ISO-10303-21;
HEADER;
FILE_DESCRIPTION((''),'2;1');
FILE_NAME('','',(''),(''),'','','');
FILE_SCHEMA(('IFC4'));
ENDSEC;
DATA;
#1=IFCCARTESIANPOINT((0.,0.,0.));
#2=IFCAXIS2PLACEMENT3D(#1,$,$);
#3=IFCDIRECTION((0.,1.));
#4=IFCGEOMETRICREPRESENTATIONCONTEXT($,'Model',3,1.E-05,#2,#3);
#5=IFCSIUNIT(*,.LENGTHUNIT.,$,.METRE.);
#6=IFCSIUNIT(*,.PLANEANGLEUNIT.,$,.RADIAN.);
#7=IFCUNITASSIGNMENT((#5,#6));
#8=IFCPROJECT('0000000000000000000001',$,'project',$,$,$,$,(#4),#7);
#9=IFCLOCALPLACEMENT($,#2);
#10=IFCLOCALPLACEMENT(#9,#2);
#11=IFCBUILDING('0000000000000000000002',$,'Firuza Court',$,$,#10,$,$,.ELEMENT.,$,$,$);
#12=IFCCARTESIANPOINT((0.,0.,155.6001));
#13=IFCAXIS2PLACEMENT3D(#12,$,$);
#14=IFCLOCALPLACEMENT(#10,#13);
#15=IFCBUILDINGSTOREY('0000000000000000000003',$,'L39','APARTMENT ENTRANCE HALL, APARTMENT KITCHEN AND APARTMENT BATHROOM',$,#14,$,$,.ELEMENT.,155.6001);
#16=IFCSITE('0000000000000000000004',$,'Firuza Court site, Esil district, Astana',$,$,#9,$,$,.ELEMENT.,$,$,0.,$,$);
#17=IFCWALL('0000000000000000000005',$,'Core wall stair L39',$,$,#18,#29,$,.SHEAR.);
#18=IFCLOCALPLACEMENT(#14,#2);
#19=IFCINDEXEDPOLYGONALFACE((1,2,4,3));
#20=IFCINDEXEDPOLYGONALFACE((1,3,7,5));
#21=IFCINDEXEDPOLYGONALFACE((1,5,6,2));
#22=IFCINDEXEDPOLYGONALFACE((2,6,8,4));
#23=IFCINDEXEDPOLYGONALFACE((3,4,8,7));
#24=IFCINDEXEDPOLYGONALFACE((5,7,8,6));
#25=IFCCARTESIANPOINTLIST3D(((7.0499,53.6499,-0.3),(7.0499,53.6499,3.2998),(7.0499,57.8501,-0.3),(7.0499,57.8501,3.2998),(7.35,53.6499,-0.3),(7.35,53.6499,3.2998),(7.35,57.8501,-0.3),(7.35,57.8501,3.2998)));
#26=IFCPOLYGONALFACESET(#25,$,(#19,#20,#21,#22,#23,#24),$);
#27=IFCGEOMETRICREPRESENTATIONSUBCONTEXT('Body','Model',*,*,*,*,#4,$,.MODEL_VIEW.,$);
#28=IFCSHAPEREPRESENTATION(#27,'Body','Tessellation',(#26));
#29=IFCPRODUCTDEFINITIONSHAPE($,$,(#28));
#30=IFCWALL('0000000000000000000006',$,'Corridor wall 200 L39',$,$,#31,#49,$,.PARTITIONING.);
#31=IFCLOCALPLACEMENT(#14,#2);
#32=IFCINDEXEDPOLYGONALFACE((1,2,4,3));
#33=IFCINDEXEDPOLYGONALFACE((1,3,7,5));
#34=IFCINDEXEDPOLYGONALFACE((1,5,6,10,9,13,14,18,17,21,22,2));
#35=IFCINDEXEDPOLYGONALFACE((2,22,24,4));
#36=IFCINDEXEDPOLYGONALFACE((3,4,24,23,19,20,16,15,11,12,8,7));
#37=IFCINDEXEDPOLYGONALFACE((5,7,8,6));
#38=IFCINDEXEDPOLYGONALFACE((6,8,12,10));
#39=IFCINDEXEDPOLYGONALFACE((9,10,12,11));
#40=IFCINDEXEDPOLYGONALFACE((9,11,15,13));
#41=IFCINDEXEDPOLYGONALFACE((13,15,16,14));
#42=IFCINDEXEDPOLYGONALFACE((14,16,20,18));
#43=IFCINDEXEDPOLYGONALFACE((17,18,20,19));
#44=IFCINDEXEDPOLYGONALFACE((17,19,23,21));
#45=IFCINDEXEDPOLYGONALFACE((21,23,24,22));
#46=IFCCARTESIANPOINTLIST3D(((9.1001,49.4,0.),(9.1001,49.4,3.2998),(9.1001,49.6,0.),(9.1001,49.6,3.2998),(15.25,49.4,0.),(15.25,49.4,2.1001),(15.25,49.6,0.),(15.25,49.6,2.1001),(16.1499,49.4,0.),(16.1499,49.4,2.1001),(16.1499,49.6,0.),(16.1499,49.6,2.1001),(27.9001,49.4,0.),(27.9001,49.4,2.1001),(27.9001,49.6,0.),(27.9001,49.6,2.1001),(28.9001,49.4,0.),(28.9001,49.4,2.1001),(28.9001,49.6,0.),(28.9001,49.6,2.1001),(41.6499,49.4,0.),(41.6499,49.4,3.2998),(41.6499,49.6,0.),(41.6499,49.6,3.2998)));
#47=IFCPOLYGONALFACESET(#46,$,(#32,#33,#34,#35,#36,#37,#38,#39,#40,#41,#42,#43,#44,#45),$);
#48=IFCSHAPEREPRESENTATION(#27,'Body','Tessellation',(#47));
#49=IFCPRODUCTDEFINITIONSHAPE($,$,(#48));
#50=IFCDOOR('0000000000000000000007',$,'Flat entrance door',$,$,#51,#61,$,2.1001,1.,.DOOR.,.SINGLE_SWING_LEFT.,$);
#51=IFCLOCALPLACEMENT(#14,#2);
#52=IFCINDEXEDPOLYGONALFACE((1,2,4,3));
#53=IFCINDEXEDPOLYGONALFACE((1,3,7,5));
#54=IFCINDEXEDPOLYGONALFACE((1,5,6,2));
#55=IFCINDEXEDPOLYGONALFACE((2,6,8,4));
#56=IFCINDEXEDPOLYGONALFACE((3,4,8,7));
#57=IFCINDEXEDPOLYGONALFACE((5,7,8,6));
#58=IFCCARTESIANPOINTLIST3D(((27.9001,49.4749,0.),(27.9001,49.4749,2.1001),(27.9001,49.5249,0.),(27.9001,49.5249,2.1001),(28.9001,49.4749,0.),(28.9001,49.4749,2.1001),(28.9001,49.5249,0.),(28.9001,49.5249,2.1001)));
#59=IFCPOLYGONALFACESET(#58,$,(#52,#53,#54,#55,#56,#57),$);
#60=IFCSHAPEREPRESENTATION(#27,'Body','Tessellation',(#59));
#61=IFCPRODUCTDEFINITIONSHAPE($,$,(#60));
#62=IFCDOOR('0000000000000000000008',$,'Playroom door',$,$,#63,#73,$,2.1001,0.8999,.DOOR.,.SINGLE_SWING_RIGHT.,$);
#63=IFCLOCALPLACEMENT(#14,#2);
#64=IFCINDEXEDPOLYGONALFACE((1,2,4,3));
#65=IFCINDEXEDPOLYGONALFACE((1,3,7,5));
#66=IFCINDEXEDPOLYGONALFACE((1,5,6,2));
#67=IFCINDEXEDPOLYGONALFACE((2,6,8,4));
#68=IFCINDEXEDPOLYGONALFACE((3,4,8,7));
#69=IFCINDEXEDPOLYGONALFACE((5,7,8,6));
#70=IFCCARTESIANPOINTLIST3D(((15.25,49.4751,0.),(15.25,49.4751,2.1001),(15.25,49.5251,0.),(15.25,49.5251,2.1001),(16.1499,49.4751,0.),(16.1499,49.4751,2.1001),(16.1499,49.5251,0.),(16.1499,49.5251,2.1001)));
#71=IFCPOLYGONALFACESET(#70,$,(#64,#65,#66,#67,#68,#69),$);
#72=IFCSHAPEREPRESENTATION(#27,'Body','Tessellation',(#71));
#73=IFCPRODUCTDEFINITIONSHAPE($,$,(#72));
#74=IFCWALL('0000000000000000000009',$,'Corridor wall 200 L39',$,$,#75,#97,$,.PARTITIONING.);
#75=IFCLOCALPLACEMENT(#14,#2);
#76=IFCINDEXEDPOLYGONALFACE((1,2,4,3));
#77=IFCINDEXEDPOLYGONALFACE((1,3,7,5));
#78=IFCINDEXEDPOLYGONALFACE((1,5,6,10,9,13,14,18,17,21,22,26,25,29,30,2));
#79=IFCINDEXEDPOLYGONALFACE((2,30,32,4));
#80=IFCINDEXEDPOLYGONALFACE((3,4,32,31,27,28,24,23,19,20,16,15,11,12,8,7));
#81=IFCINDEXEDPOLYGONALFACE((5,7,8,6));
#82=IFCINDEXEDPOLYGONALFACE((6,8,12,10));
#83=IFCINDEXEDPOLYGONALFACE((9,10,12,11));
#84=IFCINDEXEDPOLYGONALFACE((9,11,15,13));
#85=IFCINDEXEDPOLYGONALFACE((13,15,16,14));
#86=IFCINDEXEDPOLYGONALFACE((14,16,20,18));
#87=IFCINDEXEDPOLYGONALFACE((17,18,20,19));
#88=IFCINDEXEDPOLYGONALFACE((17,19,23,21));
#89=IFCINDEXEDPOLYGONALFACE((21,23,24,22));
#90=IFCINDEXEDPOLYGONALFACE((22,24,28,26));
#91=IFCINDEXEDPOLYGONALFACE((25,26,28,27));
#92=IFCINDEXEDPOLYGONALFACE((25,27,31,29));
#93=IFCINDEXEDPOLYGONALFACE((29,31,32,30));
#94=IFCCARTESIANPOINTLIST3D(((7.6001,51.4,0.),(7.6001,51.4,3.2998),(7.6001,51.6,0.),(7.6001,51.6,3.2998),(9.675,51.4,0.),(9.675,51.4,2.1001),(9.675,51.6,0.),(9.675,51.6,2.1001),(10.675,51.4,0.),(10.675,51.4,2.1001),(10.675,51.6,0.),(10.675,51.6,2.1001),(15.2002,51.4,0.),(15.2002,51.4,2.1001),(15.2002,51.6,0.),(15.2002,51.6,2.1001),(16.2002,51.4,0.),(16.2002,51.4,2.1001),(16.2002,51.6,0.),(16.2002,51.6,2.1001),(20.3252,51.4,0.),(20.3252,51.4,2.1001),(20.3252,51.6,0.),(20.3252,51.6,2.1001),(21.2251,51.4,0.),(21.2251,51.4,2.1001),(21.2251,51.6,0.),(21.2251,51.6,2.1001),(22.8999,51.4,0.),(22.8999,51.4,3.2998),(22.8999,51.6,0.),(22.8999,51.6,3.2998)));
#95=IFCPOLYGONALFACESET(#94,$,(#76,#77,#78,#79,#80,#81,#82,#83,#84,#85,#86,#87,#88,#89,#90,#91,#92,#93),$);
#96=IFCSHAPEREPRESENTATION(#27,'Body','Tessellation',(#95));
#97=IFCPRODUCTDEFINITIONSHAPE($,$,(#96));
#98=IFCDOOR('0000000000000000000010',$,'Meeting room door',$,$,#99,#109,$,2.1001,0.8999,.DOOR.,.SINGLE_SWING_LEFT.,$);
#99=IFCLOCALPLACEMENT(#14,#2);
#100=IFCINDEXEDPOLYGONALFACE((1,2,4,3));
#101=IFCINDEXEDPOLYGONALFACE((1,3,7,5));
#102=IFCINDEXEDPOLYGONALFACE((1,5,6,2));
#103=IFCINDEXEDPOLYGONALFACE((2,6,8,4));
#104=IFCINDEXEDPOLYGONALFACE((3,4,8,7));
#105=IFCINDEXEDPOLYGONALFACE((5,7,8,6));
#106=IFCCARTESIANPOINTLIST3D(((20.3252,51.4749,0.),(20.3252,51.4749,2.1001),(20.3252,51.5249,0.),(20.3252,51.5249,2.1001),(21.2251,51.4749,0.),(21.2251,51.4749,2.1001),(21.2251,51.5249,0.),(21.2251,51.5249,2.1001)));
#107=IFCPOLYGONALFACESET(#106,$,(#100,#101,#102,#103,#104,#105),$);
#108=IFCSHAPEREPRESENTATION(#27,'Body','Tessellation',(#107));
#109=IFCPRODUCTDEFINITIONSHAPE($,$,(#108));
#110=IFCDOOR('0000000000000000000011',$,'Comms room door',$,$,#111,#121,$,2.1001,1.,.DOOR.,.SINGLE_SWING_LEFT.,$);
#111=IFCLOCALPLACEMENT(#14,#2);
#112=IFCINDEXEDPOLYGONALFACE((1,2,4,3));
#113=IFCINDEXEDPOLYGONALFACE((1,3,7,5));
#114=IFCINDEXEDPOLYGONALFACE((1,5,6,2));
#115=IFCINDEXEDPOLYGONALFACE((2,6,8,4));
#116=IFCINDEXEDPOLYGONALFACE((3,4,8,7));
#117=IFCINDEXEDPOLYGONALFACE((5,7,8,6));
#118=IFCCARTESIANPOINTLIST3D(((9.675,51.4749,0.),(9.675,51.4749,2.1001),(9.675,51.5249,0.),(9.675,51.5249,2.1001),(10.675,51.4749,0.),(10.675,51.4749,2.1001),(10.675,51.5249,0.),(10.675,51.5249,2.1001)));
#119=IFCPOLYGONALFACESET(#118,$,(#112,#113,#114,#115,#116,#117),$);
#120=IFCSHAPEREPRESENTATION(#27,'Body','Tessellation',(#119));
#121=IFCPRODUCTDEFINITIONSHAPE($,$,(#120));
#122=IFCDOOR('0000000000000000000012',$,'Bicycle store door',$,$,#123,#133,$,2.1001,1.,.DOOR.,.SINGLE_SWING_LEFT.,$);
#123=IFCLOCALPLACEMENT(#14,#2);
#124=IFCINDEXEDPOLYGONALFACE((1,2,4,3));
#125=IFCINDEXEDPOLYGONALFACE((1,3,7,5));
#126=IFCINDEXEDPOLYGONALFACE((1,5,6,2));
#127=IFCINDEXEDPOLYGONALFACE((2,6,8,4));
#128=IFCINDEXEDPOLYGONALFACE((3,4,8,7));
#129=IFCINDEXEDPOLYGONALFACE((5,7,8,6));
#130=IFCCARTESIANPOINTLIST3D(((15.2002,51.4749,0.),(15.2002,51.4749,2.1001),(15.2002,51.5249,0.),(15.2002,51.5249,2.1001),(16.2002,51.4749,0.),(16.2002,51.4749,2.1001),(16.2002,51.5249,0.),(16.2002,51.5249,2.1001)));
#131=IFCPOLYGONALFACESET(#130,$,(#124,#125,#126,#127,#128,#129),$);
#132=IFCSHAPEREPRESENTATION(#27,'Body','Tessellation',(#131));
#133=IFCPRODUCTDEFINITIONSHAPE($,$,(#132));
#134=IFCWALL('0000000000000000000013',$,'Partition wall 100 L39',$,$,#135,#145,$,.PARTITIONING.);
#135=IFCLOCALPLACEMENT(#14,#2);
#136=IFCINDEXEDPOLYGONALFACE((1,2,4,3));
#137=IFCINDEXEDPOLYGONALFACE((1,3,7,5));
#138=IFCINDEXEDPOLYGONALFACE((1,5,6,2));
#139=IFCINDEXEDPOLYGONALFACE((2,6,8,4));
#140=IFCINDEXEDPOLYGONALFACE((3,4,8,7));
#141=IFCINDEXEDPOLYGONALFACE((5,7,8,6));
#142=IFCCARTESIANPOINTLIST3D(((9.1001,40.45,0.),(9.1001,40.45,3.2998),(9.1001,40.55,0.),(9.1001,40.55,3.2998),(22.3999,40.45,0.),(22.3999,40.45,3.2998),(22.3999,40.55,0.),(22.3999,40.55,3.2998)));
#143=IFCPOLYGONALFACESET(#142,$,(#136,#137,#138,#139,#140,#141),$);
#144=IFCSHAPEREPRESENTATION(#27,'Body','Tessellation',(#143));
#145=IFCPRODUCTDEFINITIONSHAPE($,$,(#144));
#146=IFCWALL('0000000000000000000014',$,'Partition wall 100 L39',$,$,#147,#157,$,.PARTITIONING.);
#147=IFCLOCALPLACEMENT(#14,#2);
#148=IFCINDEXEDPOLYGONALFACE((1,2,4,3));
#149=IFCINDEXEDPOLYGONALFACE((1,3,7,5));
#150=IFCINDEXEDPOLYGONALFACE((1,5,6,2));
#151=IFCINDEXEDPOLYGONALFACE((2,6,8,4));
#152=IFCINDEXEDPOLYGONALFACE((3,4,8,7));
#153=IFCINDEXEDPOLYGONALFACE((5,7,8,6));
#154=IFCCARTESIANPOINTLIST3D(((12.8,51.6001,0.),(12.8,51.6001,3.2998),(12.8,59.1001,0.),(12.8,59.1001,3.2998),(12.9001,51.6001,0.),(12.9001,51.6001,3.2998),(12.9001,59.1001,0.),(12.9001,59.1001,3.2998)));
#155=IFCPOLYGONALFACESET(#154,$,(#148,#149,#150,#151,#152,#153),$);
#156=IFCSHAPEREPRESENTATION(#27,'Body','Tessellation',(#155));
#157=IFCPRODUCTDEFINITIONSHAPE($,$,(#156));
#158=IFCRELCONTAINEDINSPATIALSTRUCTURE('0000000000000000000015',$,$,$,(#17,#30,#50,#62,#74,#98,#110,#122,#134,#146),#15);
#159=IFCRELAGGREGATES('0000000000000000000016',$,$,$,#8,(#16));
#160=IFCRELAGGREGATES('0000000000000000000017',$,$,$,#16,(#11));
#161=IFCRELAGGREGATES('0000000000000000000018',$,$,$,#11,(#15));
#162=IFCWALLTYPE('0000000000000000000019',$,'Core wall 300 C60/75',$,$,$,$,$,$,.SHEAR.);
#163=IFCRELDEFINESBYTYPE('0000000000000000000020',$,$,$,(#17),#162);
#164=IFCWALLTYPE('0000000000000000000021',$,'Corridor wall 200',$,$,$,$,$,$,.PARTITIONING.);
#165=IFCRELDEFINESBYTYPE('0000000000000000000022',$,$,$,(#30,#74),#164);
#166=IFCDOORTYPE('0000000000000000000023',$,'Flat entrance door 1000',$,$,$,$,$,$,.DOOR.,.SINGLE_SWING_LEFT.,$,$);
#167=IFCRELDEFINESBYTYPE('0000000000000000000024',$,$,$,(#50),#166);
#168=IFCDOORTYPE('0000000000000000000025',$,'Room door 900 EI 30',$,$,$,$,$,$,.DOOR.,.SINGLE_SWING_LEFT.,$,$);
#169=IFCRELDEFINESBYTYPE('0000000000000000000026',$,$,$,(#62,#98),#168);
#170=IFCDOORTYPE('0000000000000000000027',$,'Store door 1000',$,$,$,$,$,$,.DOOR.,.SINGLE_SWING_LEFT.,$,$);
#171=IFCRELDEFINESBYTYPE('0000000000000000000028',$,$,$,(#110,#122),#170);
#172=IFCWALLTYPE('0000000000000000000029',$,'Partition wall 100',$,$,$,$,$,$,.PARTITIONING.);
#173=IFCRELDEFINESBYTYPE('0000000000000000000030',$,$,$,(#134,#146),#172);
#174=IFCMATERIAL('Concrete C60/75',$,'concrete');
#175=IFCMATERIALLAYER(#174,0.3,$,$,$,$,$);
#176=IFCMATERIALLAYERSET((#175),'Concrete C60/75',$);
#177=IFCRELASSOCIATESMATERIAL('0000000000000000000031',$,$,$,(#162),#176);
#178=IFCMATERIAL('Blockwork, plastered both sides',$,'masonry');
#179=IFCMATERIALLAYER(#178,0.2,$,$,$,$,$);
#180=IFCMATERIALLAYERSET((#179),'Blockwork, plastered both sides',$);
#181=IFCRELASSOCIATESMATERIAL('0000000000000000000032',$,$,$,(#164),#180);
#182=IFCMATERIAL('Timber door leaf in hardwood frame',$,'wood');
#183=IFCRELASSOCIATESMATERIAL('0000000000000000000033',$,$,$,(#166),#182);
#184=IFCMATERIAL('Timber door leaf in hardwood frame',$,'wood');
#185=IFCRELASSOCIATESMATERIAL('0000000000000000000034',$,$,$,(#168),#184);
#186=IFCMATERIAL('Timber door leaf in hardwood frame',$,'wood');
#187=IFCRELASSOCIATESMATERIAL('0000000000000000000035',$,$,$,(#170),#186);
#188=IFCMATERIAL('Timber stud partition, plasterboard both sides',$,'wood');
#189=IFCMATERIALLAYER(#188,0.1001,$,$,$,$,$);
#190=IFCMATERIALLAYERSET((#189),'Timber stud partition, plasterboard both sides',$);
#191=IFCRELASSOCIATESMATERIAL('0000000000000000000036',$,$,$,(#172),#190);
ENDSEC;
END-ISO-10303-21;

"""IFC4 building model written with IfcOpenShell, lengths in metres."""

from ifc_helpers import new_model, si_unit, direction, frame, frame_2d, origin, place, context, subcontext, project, spatial, rectangle, extrude, material, layer, layer_set, type_object, element, fill, save


model = new_model("IFC4")

# Units and contexts
model_context = context("Model", 3, precision=1e-05, world=origin(), true_north=direction((0.0, 1.0)))
body_context = subcontext(model_context, "Body", "Model", "MODEL_VIEW")
ifc_project = project(units=[si_unit("LENGTHUNIT", "METRE"), si_unit("PLANEANGLEUNIT", "RADIAN")], contexts=[model_context])

# Site, building, storey
site_placement = place(None, origin())
site = spatial("IfcSite", under=ifc_project, at=site_placement, Name="Firuza Court site, Esil district, Astana", CompositionType="ELEMENT", RefElevation=0.0)
building_placement = place(site_placement, origin())
building = spatial("IfcBuilding", under=site, at=building_placement, Name="Firuza Court", CompositionType="ELEMENT")
storey_placement = place(building_placement, frame((0.0, 0.0, 155.6001)))
storey = spatial("IfcBuildingStorey", under=building, at=storey_placement, Name="L39", Description="APARTMENT ENTRANCE HALL, APARTMENT KITCHEN AND APARTMENT BATHROOM", CompositionType="ELEMENT", Elevation=155.6001)

# Wall
ifc_material_1 = material(Name="Concrete C60/75", Category="concrete")
ifc_layer_1 = layer(ifc_material_1, 0.3)
ifc_layer_set_1 = layer_set([ifc_layer_1], Name="Concrete C60/75")
wall_type_1 = type_object("IfcWallType", Name="Core wall 300 C60/75", PredefinedType="SHEAR", material=ifc_layer_set_1)
wall_1_placement = place(storey_placement, frame((7.2, 53.6499, -0.3), z_axis=(0.0, 0.0, 1.0), x_axis=(0.0, 1.0, 0.0)))
element("IfcWall", 1, at=wall_1_placement, inside=storey, type_object=wall_type_1, Name="Core wall stair L39", PredefinedType="SHEAR", context=body_context, shape_type="SweptSolid", body=[
    extrude(rectangle(XDim=4.2002, YDim=0.3, at=frame_2d((2.1001, 0.0))), origin(), (0.0, 0.0, 1.0), 3.5999),
])

# Walls, openings, doors
ifc_material_2 = material(Name="Blockwork, plastered both sides", Category="masonry")
ifc_layer_2 = layer(ifc_material_2, 0.2)
ifc_layer_set_2 = layer_set([ifc_layer_2], Name="Blockwork, plastered both sides")
wall_type_2 = type_object("IfcWallType", Name="Corridor wall 200", PredefinedType="PARTITIONING", material=ifc_layer_set_2)
wall_2_placement = place(storey_placement, frame((9.1001, 49.5, 0.0), z_axis=(0.0, 0.0, 1.0), x_axis=(1.0, 0.0, 0.0)))
wall_2 = element("IfcWall", 2, at=wall_2_placement, inside=storey, type_object=wall_type_2, Name="Corridor wall 200 L39", PredefinedType="PARTITIONING", context=body_context, shape_type="SweptSolid", body=[
    extrude(rectangle(XDim=32.5498, YDim=0.2, at=frame_2d((16.2749, 0.0))), origin(), (0.0, 0.0, 1.0), 3.2998),
])
opening_1_placement = place(wall_2_placement, frame((18.8, 0.0, 0.0)))
opening_1 = element("IfcOpeningElement", 3, at=opening_1_placement, cuts=wall_2, PredefinedType="OPENING", context=body_context, shape_type="SweptSolid", body=[
    extrude(rectangle(XDim=1.0, YDim=2.1001, at=frame_2d((0.5, 1.05))), frame((0.0, 0.1118, 0.0), z_axis=(0.0, -1.0, 0.0), x_axis=(1.0, 0.0, 0.0)), (0.0, 0.0, 1.0), 0.2239),
])
opening_2_placement = place(wall_2_placement, frame((6.1499, 0.0, 0.0)))
opening_2 = element("IfcOpeningElement", 4, at=opening_2_placement, cuts=wall_2, PredefinedType="OPENING", context=body_context, shape_type="SweptSolid", body=[
    extrude(rectangle(XDim=0.8999, YDim=2.1001, at=frame_2d((0.45, 1.05))), frame((0.0, 0.1118, 0.0), z_axis=(0.0, -1.0, 0.0), x_axis=(1.0, 0.0, 0.0)), (0.0, 0.0, 1.0), 0.2239),
])
ifc_material_3 = material(Name="Timber door leaf in hardwood frame", Category="wood")
door_type_1 = type_object("IfcDoorType", Name="Flat entrance door 1000", OperationType="SINGLE_SWING_LEFT", PredefinedType="DOOR", material=ifc_material_3)
door_1_placement = place(opening_1_placement, origin())
door_1 = element("IfcDoor", 5, at=door_1_placement, inside=storey, type_object=door_type_1, Name="Flat entrance door", OperationType="SINGLE_SWING_LEFT", OverallHeight=2.1001, OverallWidth=1.0, PredefinedType="DOOR", context=body_context, shape_type="SweptSolid", body=[
    extrude(rectangle(XDim=1.0, YDim=2.1001, at=frame_2d((0.5, 1.05))), frame((0.0, 0.0249, 0.0), z_axis=(0.0, -1.0, 0.0), x_axis=(1.0, 0.0, 0.0)), (0.0, 0.0, 1.0), 0.05),
])
fill(opening_1, door_1)
ifc_material_4 = material(Name="Timber door leaf in hardwood frame", Category="wood")
door_type_2 = type_object("IfcDoorType", Name="Room door 900 EI 30", OperationType="SINGLE_SWING_LEFT", PredefinedType="DOOR", material=ifc_material_4)
door_2_placement = place(opening_2_placement, frame((0.8999, 0.0, 0.0), z_axis=(0.0, 0.0, 1.0), x_axis=(-1.0, 0.0, 0.0)))
door_2 = element("IfcDoor", 6, at=door_2_placement, inside=storey, type_object=door_type_2, Name="Playroom door", OperationType="SINGLE_SWING_RIGHT", OverallHeight=2.1001, OverallWidth=0.8999, PredefinedType="DOOR", context=body_context, shape_type="SweptSolid", body=[
    extrude(rectangle(XDim=0.8999, YDim=2.1001, at=frame_2d((0.45, 1.05))), frame((0.0, 0.0249, 0.0), z_axis=(0.0, -1.0, 0.0), x_axis=(1.0, 0.0, 0.0)), (0.0, 0.0, 1.0), 0.05),
])
fill(opening_2, door_2)
wall_3_placement = place(storey_placement, frame((7.6001, 51.5, 0.0), z_axis=(0.0, 0.0, 1.0), x_axis=(1.0, 0.0, 0.0)))
wall_3 = element("IfcWall", 7, at=wall_3_placement, inside=storey, type_object=wall_type_2, Name="Corridor wall 200 L39", PredefinedType="PARTITIONING", context=body_context, shape_type="SweptSolid", body=[
    extrude(rectangle(XDim=15.2998, YDim=0.2, at=frame_2d((7.6499, 0.0))), origin(), (0.0, 0.0, 1.0), 3.2998),
])
opening_3_placement = place(wall_3_placement, frame((2.075, 0.0, 0.0)))
opening_3 = element("IfcOpeningElement", 8, at=opening_3_placement, cuts=wall_3, PredefinedType="OPENING", context=body_context, shape_type="SweptSolid", body=[
    extrude(rectangle(XDim=1.0, YDim=2.1001, at=frame_2d((0.5, 1.05))), frame((0.0, 0.1118, 0.0), z_axis=(0.0, -1.0, 0.0), x_axis=(1.0, 0.0, 0.0)), (0.0, 0.0, 1.0), 0.2239),
])
opening_4_placement = place(wall_3_placement, frame((7.6001, 0.0, 0.0)))
opening_4 = element("IfcOpeningElement", 9, at=opening_4_placement, cuts=wall_3, PredefinedType="OPENING", context=body_context, shape_type="SweptSolid", body=[
    extrude(rectangle(XDim=1.0, YDim=2.1001, at=frame_2d((0.5, 1.05))), frame((0.0, 0.1118, 0.0), z_axis=(0.0, -1.0, 0.0), x_axis=(1.0, 0.0, 0.0)), (0.0, 0.0, 1.0), 0.2239),
])
opening_5_placement = place(wall_3_placement, frame((12.7251, 0.0, 0.0)))
opening_5 = element("IfcOpeningElement", 10, at=opening_5_placement, cuts=wall_3, PredefinedType="OPENING", context=body_context, shape_type="SweptSolid", body=[
    extrude(rectangle(XDim=0.8999, YDim=2.1001, at=frame_2d((0.45, 1.05))), frame((0.0, 0.1118, 0.0), z_axis=(0.0, -1.0, 0.0), x_axis=(1.0, 0.0, 0.0)), (0.0, 0.0, 1.0), 0.2239),
])
door_3_placement = place(opening_5_placement, origin())
door_3 = element("IfcDoor", 11, at=door_3_placement, inside=storey, type_object=door_type_2, Name="Meeting room door", OperationType="SINGLE_SWING_LEFT", OverallHeight=2.1001, OverallWidth=0.8999, PredefinedType="DOOR", context=body_context, shape_type="SweptSolid", body=[
    extrude(rectangle(XDim=0.8999, YDim=2.1001, at=frame_2d((0.45, 1.05))), frame((0.0, 0.0249, 0.0), z_axis=(0.0, -1.0, 0.0), x_axis=(1.0, 0.0, 0.0)), (0.0, 0.0, 1.0), 0.05),
])
fill(opening_5, door_3)
ifc_material_5 = material(Name="Timber door leaf in hardwood frame", Category="wood")
door_type_3 = type_object("IfcDoorType", Name="Store door 1000", OperationType="SINGLE_SWING_LEFT", PredefinedType="DOOR", material=ifc_material_5)
door_4_placement = place(opening_3_placement, origin())
door_4 = element("IfcDoor", 12, at=door_4_placement, inside=storey, type_object=door_type_3, Name="Comms room door", OperationType="SINGLE_SWING_LEFT", OverallHeight=2.1001, OverallWidth=1.0, PredefinedType="DOOR", context=body_context, shape_type="SweptSolid", body=[
    extrude(rectangle(XDim=1.0, YDim=2.1001, at=frame_2d((0.5, 1.05))), frame((0.0, 0.0249, 0.0), z_axis=(0.0, -1.0, 0.0), x_axis=(1.0, 0.0, 0.0)), (0.0, 0.0, 1.0), 0.05),
])
fill(opening_3, door_4)
door_5_placement = place(opening_4_placement, origin())
door_5 = element("IfcDoor", 13, at=door_5_placement, inside=storey, type_object=door_type_3, Name="Bicycle store door", OperationType="SINGLE_SWING_LEFT", OverallHeight=2.1001, OverallWidth=1.0, PredefinedType="DOOR", context=body_context, shape_type="SweptSolid", body=[
    extrude(rectangle(XDim=1.0, YDim=2.1001, at=frame_2d((0.5, 1.05))), frame((0.0, 0.0249, 0.0), z_axis=(0.0, -1.0, 0.0), x_axis=(1.0, 0.0, 0.0)), (0.0, 0.0, 1.0), 0.05),
])
fill(opening_4, door_5)

# Walls
ifc_material_6 = material(Name="Timber stud partition, plasterboard both sides", Category="wood")
ifc_layer_3 = layer(ifc_material_6, 0.1001)
ifc_layer_set_3 = layer_set([ifc_layer_3], Name="Timber stud partition, plasterboard both sides")
wall_type_3 = type_object("IfcWallType", Name="Partition wall 100", PredefinedType="PARTITIONING", material=ifc_layer_set_3)
wall_4_placement = place(storey_placement, frame((9.1001, 40.5, 0.0), z_axis=(0.0, 0.0, 1.0), x_axis=(1.0, 0.0, 0.0)))
element("IfcWall", 14, at=wall_4_placement, inside=storey, type_object=wall_type_3, Name="Partition wall 100 L39", PredefinedType="PARTITIONING", context=body_context, shape_type="SweptSolid", body=[
    extrude(rectangle(XDim=13.2998, YDim=0.1001, at=frame_2d((6.6499, 0.0))), origin(), (0.0, 0.0, 1.0), 3.2998),
])
wall_5_placement = place(storey_placement, frame((12.8501, 51.6001, 0.0), z_axis=(0.0, 0.0, 1.0), x_axis=(0.0, 1.0, 0.0)))
element("IfcWall", 15, at=wall_5_placement, inside=storey, type_object=wall_type_3, Name="Partition wall 100 L39", PredefinedType="PARTITIONING", context=body_context, shape_type="SweptSolid", body=[
    extrude(rectangle(XDim=7.5, YDim=0.1001, at=frame_2d((3.75, 0.0))), origin(), (0.0, 0.0, 1.0), 3.2998),
])

save(model, "model.ifc")
